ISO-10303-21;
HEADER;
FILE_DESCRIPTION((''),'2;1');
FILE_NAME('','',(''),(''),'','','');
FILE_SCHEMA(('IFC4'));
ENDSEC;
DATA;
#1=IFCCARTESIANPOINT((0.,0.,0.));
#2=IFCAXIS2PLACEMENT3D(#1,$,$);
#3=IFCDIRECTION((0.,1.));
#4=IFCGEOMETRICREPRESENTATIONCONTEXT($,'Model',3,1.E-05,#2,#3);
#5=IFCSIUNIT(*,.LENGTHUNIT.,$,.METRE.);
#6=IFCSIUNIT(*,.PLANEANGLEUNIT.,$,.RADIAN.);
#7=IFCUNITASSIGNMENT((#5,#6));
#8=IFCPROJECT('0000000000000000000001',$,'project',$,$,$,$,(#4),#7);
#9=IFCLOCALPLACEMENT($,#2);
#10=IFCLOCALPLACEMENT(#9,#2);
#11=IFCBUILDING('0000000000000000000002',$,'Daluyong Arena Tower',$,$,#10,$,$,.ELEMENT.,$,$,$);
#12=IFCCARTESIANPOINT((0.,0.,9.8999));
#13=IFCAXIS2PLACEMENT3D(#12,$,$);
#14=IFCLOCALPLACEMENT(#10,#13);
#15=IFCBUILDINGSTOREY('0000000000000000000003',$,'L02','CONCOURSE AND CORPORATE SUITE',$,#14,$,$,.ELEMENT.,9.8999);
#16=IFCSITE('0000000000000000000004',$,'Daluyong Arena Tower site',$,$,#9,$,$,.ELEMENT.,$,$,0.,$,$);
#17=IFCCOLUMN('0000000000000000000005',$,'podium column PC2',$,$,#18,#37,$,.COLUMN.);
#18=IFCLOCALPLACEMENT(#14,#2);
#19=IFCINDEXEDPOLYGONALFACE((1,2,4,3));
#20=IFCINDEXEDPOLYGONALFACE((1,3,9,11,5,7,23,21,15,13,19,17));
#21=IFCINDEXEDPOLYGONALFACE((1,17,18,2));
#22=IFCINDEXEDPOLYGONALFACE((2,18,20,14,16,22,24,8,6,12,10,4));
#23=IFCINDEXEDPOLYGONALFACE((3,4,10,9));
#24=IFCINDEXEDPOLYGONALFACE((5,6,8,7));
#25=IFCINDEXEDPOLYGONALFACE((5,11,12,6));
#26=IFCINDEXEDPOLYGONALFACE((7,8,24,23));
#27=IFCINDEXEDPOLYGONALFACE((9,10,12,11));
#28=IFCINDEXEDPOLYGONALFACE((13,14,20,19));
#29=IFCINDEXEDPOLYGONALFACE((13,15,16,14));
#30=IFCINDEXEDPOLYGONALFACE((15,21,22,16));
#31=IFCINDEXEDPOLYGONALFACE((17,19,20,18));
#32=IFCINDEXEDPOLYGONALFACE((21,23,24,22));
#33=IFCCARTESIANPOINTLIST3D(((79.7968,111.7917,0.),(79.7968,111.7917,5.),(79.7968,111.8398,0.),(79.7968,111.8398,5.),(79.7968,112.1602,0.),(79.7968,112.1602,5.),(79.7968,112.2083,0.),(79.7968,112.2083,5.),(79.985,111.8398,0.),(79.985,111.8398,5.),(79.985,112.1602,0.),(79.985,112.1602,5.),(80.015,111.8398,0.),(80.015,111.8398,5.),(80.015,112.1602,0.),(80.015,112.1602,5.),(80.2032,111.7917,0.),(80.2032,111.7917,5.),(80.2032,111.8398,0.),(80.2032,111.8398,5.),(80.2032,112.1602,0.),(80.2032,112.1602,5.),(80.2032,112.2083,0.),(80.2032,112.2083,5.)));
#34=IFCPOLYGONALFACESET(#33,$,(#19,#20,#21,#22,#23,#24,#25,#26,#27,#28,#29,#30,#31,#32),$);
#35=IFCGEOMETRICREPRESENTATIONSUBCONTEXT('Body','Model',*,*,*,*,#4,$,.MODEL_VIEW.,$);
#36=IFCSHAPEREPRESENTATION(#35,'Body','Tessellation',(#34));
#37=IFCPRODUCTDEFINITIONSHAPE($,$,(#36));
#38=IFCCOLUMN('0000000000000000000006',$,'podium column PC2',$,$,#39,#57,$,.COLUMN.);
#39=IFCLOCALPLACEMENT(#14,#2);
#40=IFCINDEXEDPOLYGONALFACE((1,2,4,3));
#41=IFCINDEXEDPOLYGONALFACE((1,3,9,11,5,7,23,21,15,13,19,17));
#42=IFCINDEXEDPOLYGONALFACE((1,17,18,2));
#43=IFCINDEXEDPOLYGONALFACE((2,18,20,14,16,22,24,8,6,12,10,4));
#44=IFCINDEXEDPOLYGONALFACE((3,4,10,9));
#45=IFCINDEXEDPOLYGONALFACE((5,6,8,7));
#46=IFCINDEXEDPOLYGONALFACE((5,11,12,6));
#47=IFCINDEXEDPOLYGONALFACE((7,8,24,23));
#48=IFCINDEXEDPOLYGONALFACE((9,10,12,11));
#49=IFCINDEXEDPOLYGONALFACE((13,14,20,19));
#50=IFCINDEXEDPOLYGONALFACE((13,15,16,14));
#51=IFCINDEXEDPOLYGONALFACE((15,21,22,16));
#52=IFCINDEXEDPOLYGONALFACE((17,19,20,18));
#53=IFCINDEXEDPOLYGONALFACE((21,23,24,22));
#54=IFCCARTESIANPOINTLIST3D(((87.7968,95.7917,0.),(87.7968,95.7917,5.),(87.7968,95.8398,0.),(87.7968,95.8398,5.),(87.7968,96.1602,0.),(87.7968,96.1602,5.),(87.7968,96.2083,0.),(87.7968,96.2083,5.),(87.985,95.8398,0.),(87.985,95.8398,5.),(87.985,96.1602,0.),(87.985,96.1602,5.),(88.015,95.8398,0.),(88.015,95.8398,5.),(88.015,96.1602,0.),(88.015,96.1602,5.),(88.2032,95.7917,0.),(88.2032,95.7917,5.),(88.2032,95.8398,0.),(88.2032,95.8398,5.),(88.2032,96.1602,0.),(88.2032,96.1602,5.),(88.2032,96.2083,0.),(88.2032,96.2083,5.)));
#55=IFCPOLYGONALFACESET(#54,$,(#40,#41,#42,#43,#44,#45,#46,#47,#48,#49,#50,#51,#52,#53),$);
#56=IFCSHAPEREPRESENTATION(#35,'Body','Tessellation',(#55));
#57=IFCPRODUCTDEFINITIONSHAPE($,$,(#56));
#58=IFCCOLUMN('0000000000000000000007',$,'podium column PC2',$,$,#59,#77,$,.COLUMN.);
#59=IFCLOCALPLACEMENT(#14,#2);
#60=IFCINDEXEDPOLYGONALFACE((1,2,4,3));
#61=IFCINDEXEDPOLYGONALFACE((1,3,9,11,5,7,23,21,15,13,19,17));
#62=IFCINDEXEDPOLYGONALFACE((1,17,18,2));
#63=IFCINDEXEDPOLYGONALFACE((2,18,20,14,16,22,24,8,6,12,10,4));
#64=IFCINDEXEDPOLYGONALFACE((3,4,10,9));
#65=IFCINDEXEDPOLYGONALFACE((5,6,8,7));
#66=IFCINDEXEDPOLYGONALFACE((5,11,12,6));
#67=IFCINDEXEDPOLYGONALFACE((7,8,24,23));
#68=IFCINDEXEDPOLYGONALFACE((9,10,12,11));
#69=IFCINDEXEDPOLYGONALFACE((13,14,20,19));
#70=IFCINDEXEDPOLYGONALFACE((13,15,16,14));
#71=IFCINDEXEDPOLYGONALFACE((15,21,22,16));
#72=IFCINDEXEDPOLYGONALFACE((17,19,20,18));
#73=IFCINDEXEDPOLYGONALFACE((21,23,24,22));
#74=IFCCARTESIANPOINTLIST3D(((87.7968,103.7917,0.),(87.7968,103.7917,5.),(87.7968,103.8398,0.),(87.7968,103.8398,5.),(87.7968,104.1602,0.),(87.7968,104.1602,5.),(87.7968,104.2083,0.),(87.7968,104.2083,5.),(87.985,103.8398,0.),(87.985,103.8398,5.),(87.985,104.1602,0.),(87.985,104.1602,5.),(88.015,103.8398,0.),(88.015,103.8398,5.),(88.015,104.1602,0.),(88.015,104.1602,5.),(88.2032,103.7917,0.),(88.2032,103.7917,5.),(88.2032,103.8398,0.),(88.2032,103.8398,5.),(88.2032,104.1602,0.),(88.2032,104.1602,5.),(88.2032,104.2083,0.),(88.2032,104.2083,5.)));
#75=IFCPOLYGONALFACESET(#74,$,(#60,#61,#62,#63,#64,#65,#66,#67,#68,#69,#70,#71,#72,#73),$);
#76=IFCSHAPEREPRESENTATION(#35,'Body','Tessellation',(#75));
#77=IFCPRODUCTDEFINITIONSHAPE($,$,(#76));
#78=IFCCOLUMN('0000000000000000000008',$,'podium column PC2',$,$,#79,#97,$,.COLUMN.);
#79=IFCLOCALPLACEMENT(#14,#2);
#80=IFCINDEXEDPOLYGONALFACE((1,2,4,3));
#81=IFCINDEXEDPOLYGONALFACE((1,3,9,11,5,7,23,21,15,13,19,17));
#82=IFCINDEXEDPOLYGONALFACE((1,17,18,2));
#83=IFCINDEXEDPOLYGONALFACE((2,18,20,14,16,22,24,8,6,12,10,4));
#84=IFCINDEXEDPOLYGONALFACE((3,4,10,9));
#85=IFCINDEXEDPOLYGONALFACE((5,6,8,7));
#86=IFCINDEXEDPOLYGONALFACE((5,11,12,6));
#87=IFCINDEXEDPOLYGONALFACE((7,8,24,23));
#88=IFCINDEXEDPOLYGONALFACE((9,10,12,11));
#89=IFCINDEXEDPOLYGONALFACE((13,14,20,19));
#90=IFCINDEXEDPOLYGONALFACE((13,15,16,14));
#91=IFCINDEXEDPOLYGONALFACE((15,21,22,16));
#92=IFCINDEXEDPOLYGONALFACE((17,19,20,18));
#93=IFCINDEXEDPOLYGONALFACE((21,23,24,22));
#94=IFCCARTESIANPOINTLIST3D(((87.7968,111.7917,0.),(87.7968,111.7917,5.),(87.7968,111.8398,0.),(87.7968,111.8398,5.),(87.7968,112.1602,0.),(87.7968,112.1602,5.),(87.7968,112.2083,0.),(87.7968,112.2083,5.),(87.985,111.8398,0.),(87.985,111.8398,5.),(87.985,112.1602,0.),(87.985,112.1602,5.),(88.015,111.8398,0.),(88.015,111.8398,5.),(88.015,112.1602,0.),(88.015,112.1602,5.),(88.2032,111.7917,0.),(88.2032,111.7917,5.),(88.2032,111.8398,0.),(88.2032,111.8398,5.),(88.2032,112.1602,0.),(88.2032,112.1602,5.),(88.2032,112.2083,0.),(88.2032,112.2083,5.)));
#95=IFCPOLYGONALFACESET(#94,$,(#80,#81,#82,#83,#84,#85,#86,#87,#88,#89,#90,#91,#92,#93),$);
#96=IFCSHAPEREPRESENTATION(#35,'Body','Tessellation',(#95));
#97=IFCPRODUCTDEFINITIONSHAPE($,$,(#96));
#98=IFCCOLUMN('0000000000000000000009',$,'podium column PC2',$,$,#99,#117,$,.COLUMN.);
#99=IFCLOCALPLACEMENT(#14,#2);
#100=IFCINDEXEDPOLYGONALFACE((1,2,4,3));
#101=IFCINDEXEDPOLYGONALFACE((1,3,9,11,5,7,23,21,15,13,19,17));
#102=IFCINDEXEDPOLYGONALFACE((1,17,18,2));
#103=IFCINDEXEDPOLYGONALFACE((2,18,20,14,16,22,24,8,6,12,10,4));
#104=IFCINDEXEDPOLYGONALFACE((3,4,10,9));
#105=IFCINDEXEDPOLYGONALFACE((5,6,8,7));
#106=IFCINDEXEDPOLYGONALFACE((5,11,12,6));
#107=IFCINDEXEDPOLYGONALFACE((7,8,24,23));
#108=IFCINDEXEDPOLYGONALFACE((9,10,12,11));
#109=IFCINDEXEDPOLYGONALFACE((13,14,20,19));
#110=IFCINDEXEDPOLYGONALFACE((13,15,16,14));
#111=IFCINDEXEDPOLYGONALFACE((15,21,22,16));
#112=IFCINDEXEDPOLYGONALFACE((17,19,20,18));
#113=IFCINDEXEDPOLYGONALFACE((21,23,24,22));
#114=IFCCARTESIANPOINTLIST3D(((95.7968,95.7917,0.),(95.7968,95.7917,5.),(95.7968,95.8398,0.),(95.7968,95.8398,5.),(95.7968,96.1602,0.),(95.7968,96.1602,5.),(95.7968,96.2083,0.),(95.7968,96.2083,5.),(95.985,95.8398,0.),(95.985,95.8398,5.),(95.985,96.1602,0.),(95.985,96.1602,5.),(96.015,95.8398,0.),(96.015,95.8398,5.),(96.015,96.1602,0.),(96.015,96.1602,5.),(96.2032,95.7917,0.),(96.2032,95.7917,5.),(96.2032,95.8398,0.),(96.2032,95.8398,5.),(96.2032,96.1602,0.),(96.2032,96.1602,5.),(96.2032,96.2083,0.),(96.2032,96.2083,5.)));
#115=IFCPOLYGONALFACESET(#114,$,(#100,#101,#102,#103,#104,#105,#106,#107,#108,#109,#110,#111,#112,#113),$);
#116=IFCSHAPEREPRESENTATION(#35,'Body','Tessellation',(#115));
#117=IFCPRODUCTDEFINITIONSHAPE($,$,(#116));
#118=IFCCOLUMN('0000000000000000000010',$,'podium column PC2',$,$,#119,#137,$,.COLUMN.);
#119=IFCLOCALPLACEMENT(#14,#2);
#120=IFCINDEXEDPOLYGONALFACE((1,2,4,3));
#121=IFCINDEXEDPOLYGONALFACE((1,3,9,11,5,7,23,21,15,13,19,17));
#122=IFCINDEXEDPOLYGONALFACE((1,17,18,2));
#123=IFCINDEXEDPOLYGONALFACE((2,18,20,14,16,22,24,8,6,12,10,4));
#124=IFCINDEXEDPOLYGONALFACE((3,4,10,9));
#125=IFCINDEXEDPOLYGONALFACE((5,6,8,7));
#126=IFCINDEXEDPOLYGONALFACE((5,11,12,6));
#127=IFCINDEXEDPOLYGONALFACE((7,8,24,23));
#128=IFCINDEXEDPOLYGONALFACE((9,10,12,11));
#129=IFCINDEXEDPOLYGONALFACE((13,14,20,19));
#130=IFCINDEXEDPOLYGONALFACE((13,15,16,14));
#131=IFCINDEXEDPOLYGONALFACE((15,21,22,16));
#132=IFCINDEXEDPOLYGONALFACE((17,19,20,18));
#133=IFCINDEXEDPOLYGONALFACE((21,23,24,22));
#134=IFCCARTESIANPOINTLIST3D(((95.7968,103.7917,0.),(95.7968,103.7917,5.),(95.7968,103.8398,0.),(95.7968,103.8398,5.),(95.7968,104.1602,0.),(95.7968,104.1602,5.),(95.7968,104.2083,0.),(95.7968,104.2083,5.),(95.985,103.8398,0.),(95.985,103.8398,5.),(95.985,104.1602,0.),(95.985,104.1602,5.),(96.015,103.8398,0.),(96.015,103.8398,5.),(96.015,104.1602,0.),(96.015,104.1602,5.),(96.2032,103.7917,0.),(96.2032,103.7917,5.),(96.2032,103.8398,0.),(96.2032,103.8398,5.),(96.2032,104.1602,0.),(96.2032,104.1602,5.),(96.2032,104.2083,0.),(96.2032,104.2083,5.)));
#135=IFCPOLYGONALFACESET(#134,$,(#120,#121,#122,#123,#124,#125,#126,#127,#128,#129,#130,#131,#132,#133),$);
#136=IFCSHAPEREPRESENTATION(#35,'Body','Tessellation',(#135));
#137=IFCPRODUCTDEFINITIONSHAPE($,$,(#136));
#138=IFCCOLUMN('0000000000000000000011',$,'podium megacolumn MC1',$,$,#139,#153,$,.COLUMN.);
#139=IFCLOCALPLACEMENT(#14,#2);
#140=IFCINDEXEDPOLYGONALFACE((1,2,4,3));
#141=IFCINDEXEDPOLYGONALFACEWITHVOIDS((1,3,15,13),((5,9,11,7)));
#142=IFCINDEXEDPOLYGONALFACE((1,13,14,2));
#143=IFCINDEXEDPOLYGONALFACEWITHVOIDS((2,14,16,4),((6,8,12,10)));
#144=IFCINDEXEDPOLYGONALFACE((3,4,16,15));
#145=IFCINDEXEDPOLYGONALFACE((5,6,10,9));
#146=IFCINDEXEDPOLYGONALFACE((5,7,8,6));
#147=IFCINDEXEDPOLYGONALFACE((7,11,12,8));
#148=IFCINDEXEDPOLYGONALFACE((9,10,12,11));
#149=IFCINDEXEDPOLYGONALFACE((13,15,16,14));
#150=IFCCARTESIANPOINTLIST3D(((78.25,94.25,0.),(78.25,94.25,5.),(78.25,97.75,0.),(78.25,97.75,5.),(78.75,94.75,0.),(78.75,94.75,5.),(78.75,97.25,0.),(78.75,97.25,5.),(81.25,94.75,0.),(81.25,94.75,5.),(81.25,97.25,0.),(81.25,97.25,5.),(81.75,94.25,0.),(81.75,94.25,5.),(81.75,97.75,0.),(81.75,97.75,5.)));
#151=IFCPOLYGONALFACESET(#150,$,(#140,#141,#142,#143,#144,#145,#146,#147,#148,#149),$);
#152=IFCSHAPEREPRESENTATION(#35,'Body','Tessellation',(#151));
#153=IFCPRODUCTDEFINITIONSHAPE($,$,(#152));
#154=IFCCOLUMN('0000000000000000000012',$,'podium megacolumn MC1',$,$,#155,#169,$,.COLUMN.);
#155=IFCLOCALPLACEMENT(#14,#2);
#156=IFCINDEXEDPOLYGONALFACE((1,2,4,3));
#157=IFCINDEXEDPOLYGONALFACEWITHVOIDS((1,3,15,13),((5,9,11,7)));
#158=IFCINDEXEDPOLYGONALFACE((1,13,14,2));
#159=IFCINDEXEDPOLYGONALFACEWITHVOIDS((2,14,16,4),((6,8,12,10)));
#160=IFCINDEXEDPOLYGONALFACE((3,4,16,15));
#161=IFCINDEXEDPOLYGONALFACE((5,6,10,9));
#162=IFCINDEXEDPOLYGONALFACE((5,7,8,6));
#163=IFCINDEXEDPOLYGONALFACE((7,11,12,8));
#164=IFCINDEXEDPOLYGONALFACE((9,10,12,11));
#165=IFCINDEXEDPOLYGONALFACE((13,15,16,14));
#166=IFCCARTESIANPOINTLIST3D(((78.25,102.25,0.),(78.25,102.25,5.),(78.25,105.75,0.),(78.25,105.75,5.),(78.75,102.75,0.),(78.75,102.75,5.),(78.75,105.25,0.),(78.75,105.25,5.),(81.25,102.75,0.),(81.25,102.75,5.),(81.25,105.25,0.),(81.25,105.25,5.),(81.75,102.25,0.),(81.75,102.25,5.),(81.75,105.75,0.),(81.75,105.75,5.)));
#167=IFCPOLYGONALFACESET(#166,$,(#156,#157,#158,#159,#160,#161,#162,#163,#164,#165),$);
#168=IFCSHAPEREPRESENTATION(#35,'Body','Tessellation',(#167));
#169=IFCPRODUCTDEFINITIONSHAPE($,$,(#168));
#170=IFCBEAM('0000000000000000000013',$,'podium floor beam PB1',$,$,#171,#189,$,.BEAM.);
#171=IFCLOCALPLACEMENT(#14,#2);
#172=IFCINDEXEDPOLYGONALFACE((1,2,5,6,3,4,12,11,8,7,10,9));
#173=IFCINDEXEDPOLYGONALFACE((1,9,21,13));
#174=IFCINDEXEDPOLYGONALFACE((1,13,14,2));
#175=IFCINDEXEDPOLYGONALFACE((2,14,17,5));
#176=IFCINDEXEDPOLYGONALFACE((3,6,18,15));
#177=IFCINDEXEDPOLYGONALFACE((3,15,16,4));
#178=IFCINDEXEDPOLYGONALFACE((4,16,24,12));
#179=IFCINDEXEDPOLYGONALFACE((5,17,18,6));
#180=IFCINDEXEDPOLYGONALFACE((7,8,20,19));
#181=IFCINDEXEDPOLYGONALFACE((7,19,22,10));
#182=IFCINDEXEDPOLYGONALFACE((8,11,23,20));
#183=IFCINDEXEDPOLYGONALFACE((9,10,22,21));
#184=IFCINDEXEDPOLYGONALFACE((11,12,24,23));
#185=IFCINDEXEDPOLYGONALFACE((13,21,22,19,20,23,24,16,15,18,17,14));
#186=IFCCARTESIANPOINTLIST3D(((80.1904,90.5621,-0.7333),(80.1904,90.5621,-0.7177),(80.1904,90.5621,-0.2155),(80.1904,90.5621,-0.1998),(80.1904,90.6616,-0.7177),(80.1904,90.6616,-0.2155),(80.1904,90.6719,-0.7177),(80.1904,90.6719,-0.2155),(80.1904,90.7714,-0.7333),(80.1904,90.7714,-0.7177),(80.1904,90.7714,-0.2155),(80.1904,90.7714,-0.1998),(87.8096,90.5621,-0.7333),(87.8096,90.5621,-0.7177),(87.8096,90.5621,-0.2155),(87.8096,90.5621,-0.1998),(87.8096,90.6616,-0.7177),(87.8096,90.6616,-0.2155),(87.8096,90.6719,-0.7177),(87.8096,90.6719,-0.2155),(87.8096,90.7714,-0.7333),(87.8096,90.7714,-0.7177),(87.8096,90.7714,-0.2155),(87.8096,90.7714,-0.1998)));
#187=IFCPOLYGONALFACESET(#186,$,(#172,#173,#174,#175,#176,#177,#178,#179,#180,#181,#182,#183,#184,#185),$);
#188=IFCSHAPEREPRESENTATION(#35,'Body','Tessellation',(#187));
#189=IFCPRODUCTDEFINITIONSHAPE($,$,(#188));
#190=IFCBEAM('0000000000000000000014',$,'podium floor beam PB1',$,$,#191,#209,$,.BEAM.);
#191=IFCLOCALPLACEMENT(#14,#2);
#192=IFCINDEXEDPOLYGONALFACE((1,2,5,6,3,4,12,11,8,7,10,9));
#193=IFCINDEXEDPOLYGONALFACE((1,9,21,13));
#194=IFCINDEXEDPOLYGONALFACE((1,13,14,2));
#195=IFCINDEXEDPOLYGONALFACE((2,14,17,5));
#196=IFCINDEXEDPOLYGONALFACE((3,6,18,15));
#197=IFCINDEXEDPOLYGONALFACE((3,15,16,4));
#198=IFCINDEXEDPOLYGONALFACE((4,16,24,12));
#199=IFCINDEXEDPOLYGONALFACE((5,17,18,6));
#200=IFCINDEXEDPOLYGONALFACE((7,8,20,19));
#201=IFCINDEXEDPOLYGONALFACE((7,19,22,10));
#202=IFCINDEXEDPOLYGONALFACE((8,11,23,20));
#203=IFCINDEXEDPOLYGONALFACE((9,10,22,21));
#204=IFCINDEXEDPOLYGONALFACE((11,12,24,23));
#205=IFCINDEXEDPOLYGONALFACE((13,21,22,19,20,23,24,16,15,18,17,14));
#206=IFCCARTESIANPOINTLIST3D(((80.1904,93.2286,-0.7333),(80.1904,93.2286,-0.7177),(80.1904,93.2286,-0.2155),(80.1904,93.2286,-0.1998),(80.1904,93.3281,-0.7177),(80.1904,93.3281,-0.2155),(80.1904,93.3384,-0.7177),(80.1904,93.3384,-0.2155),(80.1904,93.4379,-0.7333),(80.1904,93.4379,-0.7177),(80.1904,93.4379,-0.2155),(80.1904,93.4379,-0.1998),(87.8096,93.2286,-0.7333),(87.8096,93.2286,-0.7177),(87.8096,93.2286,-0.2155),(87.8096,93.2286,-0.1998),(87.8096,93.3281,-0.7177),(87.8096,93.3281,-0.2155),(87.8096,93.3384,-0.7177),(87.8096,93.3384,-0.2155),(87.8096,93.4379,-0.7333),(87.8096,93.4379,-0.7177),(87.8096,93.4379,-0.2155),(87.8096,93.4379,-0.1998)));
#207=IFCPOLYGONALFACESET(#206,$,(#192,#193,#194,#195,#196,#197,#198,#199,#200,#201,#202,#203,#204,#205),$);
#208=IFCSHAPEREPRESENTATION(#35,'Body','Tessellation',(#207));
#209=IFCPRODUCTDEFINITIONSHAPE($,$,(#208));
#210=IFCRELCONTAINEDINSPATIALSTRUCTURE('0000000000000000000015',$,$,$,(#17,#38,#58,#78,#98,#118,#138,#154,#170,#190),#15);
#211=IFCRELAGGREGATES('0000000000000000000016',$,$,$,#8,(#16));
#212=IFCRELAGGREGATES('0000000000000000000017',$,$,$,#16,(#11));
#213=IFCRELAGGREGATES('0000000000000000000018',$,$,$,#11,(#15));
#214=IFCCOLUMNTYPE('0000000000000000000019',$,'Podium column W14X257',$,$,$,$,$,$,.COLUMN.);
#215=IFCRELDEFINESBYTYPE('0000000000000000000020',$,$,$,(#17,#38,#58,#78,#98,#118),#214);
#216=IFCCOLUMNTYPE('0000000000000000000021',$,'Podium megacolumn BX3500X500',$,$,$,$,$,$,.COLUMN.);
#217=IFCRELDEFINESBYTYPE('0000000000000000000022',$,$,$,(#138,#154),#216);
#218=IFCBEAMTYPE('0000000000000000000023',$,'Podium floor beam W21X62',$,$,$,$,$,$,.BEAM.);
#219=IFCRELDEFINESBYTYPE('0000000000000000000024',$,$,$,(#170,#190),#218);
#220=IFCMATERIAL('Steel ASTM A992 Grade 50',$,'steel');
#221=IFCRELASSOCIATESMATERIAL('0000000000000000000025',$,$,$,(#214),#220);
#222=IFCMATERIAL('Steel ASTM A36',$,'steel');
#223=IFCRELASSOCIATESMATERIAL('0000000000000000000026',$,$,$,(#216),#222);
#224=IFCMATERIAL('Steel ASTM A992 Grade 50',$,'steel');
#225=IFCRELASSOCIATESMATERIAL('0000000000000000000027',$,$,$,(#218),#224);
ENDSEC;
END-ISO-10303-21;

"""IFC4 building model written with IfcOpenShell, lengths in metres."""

from ifc_helpers import new_model, si_unit, direction, frame, origin, origin_2d, place, context, subcontext, project, spatial, hollow_rectangle, i_section, extrude, material, material_profile, profile_set, type_object, element, save


model = new_model("IFC4")

# Units and contexts
model_context = context("Model", 3, precision=1e-05, world=origin(), true_north=direction((0.0, 1.0)))
body_context = subcontext(model_context, "Body", "Model", "MODEL_VIEW")
ifc_project = project(units=[si_unit("LENGTHUNIT", "METRE"), si_unit("PLANEANGLEUNIT", "RADIAN")], contexts=[model_context])

# Site, building, storey
site_placement = place(None, origin())
site = spatial("IfcSite", under=ifc_project, at=site_placement, Name="Daluyong Arena Tower site", CompositionType="ELEMENT", RefElevation=0.0)
building_placement = place(site_placement, origin())
building = spatial("IfcBuilding", under=site, at=building_placement, Name="Daluyong Arena Tower", CompositionType="ELEMENT")
storey_placement = place(building_placement, frame((0.0, 0.0, 9.8999)))
storey = spatial("IfcBuildingStorey", under=building, at=storey_placement, Name="L02", Description="CONCOURSE AND CORPORATE SUITE", CompositionType="ELEMENT", Elevation=9.8999)

# Columns
ifc_material_1 = material(Name="Steel ASTM A992 Grade 50", Category="steel")
ifc_material_profile_1 = material_profile(ifc_material_1, i_section(OverallWidth=0.4065, OverallDepth=0.4165, WebThickness=0.03, FlangeThickness=0.0481, at=origin_2d()))
ifc_profile_set_1 = profile_set([ifc_material_profile_1], Name="Steel ASTM A992 Grade 50")
column_type_1 = type_object("IfcColumnType", Name="Podium column W14X257", PredefinedType="COLUMN", material=ifc_profile_set_1)
for number, where, z_axis, x_axis, name in (
    (1, (80.0, 112.0, 0.0), (0.0, 0.0, 1.0), (1.0, 0.0, 0.0), "podium column PC2"),
    (2, (88.0, 96.0, 0.0), (0.0, 0.0, 1.0), (1.0, 0.0, 0.0), "podium column PC2"),
    (3, (88.0, 104.0, 0.0), (0.0, 0.0, 1.0), (1.0, 0.0, 0.0), "podium column PC2"),
    (4, (88.0, 112.0, 0.0), (0.0, 0.0, 1.0), (1.0, 0.0, 0.0), "podium column PC2"),
    (5, (96.0, 96.0, 0.0), (0.0, 0.0, 1.0), (1.0, 0.0, 0.0), "podium column PC2"),
    (6, (96.0, 104.0, 0.0), (0.0, 0.0, 1.0), (1.0, 0.0, 0.0), "podium column PC2"),
):
    element("IfcColumn", number, at=place(storey_placement, frame(where, z_axis=z_axis, x_axis=x_axis)), inside=storey, type_object=column_type_1, Name=name, PredefinedType="COLUMN", context=body_context, shape_type="SweptSolid", body=[
        extrude(i_section(OverallWidth=0.4065, OverallDepth=0.4165, WebThickness=0.03, FlangeThickness=0.0481, at=origin_2d()), origin(), (0.0, 0.0, 1.0), 5.0),
    ])
ifc_material_2 = material(Name="Steel ASTM A36", Category="steel")
ifc_material_profile_2 = material_profile(ifc_material_2, hollow_rectangle(XDim=3.5, YDim=3.5, WallThickness=0.5, at=origin_2d()))
ifc_profile_set_2 = profile_set([ifc_material_profile_2], Name="Steel ASTM A36")
column_type_2 = type_object("IfcColumnType", Name="Podium megacolumn BX3500X500", PredefinedType="COLUMN", material=ifc_profile_set_2)
for number, where, z_axis, x_axis, name in (
    (7, (80.0, 96.0, 0.0), (0.0, 0.0, 1.0), (1.0, 0.0, 0.0), "podium megacolumn MC1"),
    (8, (80.0, 104.0, 0.0), (0.0, 0.0, 1.0), (1.0, 0.0, 0.0), "podium megacolumn MC1"),
):
    element("IfcColumn", number, at=place(storey_placement, frame(where, z_axis=z_axis, x_axis=x_axis)), inside=storey, type_object=column_type_2, Name=name, PredefinedType="COLUMN", context=body_context, shape_type="SweptSolid", body=[
        extrude(hollow_rectangle(XDim=3.5, YDim=3.5, WallThickness=0.5, at=origin_2d()), origin(), (0.0, 0.0, 1.0), 5.0),
    ])

# Beams
ifc_material_3 = material(Name="Steel ASTM A992 Grade 50", Category="steel")
ifc_material_profile_3 = material_profile(ifc_material_3, i_section(OverallWidth=0.2092, OverallDepth=0.5334, WebThickness=0.0103, FlangeThickness=0.0156, at=origin_2d()))
ifc_profile_set_3 = profile_set([ifc_material_profile_3], Name="Steel ASTM A992 Grade 50")
beam_type_1 = type_object("IfcBeamType", Name="Podium floor beam W21X62", PredefinedType="BEAM", material=ifc_profile_set_3)
for number, where, z_axis, x_axis, name in (
    (9, (80.1904, 90.6667, -0.4666), (1.0, 0.0, 0.0), (0.0, 1.0, 0.0), "podium floor beam PB1"),
    (10, (80.1904, 93.3333, -0.4666), (1.0, 0.0, 0.0), (0.0, 1.0, 0.0), "podium floor beam PB1"),
):
    element("IfcBeam", number, at=place(storey_placement, frame(where, z_axis=z_axis, x_axis=x_axis)), inside=storey, type_object=beam_type_1, Name=name, PredefinedType="BEAM", context=body_context, shape_type="SweptSolid", body=[
        extrude(i_section(OverallWidth=0.2092, OverallDepth=0.5334, WebThickness=0.0103, FlangeThickness=0.0156, at=origin_2d()), origin(), (0.0, 0.0, 1.0), 7.6191),
    ])

save(model, "model.ifc")
